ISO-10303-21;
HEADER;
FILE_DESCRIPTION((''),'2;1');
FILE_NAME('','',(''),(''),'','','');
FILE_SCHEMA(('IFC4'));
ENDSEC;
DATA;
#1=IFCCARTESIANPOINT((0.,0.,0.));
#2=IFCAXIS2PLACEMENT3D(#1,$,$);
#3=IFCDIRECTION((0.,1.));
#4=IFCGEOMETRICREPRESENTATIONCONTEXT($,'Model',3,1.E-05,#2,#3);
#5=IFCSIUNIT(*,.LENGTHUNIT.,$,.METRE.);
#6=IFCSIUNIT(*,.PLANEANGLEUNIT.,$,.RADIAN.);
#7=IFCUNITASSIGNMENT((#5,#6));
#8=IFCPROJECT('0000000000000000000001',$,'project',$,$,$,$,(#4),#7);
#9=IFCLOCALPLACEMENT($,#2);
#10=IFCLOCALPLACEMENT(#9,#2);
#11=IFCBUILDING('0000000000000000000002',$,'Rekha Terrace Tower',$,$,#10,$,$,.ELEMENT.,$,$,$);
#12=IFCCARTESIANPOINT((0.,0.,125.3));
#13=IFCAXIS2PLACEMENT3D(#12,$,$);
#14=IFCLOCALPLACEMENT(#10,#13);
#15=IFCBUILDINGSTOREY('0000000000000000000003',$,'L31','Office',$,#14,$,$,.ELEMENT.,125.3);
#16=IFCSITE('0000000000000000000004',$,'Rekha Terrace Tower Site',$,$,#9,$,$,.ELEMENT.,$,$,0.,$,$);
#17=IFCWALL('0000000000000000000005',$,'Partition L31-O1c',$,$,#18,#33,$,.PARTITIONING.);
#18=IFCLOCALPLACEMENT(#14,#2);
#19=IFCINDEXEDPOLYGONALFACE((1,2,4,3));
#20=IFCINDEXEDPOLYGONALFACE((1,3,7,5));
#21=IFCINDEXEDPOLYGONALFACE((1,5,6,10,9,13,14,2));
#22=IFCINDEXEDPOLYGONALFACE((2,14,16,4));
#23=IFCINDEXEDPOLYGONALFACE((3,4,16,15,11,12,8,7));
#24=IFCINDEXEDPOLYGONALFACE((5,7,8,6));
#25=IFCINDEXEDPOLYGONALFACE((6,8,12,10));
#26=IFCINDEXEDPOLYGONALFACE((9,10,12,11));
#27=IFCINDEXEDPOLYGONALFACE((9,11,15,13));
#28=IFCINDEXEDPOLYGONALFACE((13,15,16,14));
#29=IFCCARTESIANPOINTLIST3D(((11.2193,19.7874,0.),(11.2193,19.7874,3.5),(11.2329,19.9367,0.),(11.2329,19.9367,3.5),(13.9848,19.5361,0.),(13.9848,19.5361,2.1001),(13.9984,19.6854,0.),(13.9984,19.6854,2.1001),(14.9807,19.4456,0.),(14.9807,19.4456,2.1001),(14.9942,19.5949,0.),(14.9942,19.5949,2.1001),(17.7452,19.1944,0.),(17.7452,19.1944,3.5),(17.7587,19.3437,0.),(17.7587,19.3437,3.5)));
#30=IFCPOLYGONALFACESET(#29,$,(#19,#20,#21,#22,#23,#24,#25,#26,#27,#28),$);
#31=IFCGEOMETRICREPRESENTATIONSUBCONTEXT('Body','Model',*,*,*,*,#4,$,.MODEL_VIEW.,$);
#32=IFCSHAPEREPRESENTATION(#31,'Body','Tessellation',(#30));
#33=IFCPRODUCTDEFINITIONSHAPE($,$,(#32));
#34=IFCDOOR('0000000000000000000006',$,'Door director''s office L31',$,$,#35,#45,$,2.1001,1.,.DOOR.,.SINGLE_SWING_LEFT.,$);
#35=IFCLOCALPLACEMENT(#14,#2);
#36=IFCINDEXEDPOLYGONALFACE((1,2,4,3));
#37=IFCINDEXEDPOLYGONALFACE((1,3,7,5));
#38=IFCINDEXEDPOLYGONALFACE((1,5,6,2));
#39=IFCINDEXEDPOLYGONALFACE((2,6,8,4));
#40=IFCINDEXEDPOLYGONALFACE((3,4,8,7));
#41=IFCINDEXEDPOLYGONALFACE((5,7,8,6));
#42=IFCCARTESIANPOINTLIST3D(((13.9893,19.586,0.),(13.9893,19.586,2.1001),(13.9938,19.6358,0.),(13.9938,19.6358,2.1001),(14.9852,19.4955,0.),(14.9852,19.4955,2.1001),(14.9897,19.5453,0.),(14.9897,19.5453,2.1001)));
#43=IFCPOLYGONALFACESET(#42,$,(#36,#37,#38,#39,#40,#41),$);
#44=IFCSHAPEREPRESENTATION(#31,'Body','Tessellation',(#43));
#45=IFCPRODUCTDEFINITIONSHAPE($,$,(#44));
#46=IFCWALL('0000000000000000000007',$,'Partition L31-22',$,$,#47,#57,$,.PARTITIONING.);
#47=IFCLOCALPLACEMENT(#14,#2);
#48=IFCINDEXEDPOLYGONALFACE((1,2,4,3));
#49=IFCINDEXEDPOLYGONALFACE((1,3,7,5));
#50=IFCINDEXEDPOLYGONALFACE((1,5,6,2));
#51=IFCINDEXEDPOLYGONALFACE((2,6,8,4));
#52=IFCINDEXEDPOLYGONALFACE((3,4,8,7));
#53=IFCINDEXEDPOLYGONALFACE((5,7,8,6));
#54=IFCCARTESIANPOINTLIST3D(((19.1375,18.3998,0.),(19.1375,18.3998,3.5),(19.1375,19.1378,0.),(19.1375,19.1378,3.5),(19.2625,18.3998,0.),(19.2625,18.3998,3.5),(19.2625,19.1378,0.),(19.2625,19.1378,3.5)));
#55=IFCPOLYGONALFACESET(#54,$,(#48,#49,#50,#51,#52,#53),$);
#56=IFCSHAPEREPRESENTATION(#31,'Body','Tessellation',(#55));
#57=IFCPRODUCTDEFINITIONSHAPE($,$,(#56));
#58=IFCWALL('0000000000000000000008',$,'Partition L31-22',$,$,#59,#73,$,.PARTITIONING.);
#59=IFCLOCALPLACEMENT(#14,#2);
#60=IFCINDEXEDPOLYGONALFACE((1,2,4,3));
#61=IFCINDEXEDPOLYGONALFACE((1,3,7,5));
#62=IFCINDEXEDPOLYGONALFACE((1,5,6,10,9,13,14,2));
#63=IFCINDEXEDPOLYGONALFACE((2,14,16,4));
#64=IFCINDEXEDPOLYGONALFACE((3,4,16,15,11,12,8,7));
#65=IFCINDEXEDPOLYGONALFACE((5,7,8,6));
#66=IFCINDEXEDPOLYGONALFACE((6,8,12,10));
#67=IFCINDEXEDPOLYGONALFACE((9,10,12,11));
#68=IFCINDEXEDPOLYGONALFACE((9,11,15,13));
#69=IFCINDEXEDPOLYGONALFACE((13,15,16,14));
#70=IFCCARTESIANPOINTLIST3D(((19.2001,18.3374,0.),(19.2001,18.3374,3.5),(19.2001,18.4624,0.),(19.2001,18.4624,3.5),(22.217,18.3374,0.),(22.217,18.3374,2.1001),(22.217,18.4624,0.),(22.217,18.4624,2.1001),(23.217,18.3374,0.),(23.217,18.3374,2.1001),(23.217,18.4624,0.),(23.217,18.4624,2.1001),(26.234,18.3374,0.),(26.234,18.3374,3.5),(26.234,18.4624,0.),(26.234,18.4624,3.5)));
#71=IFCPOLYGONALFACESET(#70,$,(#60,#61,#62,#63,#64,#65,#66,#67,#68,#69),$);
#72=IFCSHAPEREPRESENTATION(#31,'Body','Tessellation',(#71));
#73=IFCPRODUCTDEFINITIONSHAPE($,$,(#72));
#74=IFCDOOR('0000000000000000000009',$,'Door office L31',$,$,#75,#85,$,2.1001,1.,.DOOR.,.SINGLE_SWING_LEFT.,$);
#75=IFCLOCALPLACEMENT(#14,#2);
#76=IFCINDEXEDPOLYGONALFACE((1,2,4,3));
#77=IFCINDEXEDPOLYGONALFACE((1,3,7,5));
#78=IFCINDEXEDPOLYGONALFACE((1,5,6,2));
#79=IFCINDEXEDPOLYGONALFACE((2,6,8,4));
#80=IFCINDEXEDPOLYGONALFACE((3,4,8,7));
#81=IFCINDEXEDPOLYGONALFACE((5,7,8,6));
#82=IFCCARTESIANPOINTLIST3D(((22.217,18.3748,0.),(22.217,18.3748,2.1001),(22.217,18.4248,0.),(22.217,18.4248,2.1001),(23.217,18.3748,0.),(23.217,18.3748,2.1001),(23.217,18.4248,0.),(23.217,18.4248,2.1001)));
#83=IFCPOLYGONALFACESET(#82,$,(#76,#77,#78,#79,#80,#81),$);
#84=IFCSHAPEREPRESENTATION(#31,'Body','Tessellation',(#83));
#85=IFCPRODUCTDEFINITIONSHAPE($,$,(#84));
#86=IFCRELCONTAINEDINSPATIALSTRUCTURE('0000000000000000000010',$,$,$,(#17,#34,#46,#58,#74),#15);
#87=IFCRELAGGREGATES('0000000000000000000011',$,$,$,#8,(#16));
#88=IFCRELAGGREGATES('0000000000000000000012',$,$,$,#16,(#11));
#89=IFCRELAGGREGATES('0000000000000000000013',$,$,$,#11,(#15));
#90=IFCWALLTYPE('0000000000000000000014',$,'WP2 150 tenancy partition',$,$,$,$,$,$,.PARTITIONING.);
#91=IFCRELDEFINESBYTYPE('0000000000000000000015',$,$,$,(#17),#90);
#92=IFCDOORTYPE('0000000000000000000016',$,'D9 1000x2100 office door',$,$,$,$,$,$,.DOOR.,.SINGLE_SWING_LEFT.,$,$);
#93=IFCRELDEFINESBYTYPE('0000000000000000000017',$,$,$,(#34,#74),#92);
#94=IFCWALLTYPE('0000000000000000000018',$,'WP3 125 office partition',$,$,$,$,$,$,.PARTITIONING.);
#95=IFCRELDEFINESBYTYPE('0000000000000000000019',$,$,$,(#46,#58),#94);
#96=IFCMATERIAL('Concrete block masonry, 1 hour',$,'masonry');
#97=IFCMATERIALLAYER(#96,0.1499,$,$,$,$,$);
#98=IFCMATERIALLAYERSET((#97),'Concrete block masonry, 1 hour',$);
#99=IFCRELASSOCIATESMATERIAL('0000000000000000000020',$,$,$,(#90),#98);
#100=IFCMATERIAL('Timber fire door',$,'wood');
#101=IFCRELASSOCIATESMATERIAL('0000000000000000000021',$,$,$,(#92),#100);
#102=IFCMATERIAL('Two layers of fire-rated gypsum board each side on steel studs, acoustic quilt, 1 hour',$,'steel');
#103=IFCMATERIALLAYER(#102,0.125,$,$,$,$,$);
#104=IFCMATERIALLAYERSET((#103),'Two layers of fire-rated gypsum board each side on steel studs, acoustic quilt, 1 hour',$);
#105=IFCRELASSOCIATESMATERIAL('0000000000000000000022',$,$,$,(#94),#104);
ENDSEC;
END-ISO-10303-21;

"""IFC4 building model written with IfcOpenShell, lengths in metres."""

from ifc_helpers import new_model, si_unit, direction, frame, frame_2d, origin, place, context, subcontext, project, spatial, rectangle, extrude, material, layer, layer_set, type_object, element, fill, save


model = new_model("IFC4")

# Units and contexts
model_context = context("Model", 3, precision=1e-05, world=origin(), true_north=direction((0.0, 1.0)))
body_context = subcontext(model_context, "Body", "Model", "MODEL_VIEW")
ifc_project = project(units=[si_unit("LENGTHUNIT", "METRE"), si_unit("PLANEANGLEUNIT", "RADIAN")], contexts=[model_context])

# Site, building, storey
site_placement = place(None, origin())
site = spatial("IfcSite", under=ifc_project, at=site_placement, Name="Rekha Terrace Tower Site", CompositionType="ELEMENT", RefElevation=0.0)
building_placement = place(site_placement, origin())
building = spatial("IfcBuilding", under=site, at=building_placement, Name="Rekha Terrace Tower", CompositionType="ELEMENT")
storey_placement = place(building_placement, frame((0.0, 0.0, 125.3)))
storey = spatial("IfcBuildingStorey", under=building, at=storey_placement, Name="L31", Description="Office", CompositionType="ELEMENT", Elevation=125.3)

# Shared definitions
ifc_material_1 = material(Name="Concrete block masonry, 1 hour", Category="masonry")
ifc_layer_1 = layer(ifc_material_1, 0.1499)
ifc_layer_set_1 = layer_set([ifc_layer_1], Name="Concrete block masonry, 1 hour")
wall_type_1 = type_object("IfcWallType", Name="WP2 150 tenancy partition", PredefinedType="PARTITIONING", material=ifc_layer_set_1)

# Wall, opening, door
wall_1_placement = place(storey_placement, frame((17.752, 19.269, 0.0), z_axis=(0.0, 0.0, 1.0), x_axis=(-0.995897, 0.090499, 0.0)))
wall_1 = element("IfcWall", 1, at=wall_1_placement, inside=storey, type_object=wall_type_1, Name="Partition L31-O1c", PredefinedType="PARTITIONING", context=body_context, shape_type="SweptSolid", body=[
    extrude(rectangle(XDim=6.5527, YDim=0.1499, at=frame_2d((3.2764, 0.0))), origin(), (0.0, 0.0, 1.0), 3.5),
])
opening_1_placement = place(wall_1_placement, frame((2.7759, 0.0, 0.0)))
opening_1 = element("IfcOpeningElement", 2, at=opening_1_placement, cuts=wall_1, PredefinedType="OPENING", context=body_context, shape_type="SweptSolid", body=[
    extrude(rectangle(XDim=1.0, YDim=2.1001, at=frame_2d((0.5, 1.05))), frame((0.0, 0.085, 0.0), z_axis=(0.0, -1.0, 0.0), x_axis=(1.0, 0.0, 0.0)), (0.0, 0.0, 1.0), 0.1699),
])
ifc_material_2 = material(Name="Timber fire door", Category="wood")
door_type = type_object("IfcDoorType", Name="D9 1000x2100 office door", OperationType="SINGLE_SWING_LEFT", PredefinedType="DOOR", material=ifc_material_2)
door_1_placement = place(opening_1_placement, origin())
door_1 = element("IfcDoor", 3, at=door_1_placement, inside=storey, type_object=door_type, Name="Door director's office L31", OperationType="SINGLE_SWING_LEFT", OverallHeight=2.1001, OverallWidth=1.0, PredefinedType="DOOR", context=body_context, shape_type="SweptSolid", body=[
    extrude(rectangle(XDim=1.0, YDim=2.1001, at=frame_2d((0.5, 1.05))), frame((0.0, 0.0249, 0.0), z_axis=(0.0, -1.0, 0.0), x_axis=(1.0, 0.0, 0.0)), (0.0, 0.0, 1.0), 0.05),
])
fill(opening_1, door_1)

# Wall
ifc_material_3 = material(Name="Two layers of fire-rated gypsum board each side on steel studs, acoustic quilt, 1 hour", Category="steel")
ifc_layer_2 = layer(ifc_material_3, 0.125)
ifc_layer_set_2 = layer_set([ifc_layer_2], Name="Two layers of fire-rated gypsum board each side on steel studs, acoustic quilt, 1 hour")
wall_type_2 = type_object("IfcWallType", Name="WP3 125 office partition", PredefinedType="PARTITIONING", material=ifc_layer_set_2)
wall_2_placement = place(storey_placement, frame((19.2, 19.1379, 0.0), z_axis=(0.0, 0.0, 1.0), x_axis=(0.0, -1.0, 0.0)))
element("IfcWall", 4, at=wall_2_placement, inside=storey, type_object=wall_type_2, Name="Partition L31-22", PredefinedType="PARTITIONING", context=body_context, shape_type="SweptSolid", body=[
    extrude(rectangle(XDim=0.738, YDim=0.125, at=frame_2d((0.3691, 0.0))), origin(), (0.0, 0.0, 1.0), 3.5),
])

# Wall, opening, door
wall_3_placement = place(storey_placement, frame((19.2, 18.3999, 0.0), z_axis=(0.0, 0.0, 1.0), x_axis=(1.0, 0.0, 0.0)))
wall_3 = element("IfcWall", 5, at=wall_3_placement, inside=storey, type_object=wall_type_2, Name="Partition L31-22", PredefinedType="PARTITIONING", context=body_context, shape_type="SweptSolid", body=[
    extrude(rectangle(XDim=7.0339, YDim=0.125, at=frame_2d((3.5171, 0.0))), origin(), (0.0, 0.0, 1.0), 3.5),
])
opening_2_placement = place(wall_3_placement, frame((3.0171, 0.0, 0.0)))
opening_2 = element("IfcOpeningElement", 6, at=opening_2_placement, cuts=wall_3, PredefinedType="OPENING", context=body_context, shape_type="SweptSolid", body=[
    extrude(rectangle(XDim=1.0, YDim=2.1001, at=frame_2d((0.5, 1.05))), frame((0.0, 0.0725, 0.0), z_axis=(0.0, -1.0, 0.0), x_axis=(1.0, 0.0, 0.0)), (0.0, 0.0, 1.0), 0.145),
])
door_2_placement = place(opening_2_placement, origin())
door_2 = element("IfcDoor", 7, at=door_2_placement, inside=storey, type_object=door_type, Name="Door office L31", OperationType="SINGLE_SWING_LEFT", OverallHeight=2.1001, OverallWidth=1.0, PredefinedType="DOOR", context=body_context, shape_type="SweptSolid", body=[
    extrude(rectangle(XDim=1.0, YDim=2.1001, at=frame_2d((0.5, 1.05))), frame((0.0, 0.0249, 0.0), z_axis=(0.0, -1.0, 0.0), x_axis=(1.0, 0.0, 0.0)), (0.0, 0.0, 1.0), 0.05),
])
fill(opening_2, door_2)

save(model, "model.ifc")
